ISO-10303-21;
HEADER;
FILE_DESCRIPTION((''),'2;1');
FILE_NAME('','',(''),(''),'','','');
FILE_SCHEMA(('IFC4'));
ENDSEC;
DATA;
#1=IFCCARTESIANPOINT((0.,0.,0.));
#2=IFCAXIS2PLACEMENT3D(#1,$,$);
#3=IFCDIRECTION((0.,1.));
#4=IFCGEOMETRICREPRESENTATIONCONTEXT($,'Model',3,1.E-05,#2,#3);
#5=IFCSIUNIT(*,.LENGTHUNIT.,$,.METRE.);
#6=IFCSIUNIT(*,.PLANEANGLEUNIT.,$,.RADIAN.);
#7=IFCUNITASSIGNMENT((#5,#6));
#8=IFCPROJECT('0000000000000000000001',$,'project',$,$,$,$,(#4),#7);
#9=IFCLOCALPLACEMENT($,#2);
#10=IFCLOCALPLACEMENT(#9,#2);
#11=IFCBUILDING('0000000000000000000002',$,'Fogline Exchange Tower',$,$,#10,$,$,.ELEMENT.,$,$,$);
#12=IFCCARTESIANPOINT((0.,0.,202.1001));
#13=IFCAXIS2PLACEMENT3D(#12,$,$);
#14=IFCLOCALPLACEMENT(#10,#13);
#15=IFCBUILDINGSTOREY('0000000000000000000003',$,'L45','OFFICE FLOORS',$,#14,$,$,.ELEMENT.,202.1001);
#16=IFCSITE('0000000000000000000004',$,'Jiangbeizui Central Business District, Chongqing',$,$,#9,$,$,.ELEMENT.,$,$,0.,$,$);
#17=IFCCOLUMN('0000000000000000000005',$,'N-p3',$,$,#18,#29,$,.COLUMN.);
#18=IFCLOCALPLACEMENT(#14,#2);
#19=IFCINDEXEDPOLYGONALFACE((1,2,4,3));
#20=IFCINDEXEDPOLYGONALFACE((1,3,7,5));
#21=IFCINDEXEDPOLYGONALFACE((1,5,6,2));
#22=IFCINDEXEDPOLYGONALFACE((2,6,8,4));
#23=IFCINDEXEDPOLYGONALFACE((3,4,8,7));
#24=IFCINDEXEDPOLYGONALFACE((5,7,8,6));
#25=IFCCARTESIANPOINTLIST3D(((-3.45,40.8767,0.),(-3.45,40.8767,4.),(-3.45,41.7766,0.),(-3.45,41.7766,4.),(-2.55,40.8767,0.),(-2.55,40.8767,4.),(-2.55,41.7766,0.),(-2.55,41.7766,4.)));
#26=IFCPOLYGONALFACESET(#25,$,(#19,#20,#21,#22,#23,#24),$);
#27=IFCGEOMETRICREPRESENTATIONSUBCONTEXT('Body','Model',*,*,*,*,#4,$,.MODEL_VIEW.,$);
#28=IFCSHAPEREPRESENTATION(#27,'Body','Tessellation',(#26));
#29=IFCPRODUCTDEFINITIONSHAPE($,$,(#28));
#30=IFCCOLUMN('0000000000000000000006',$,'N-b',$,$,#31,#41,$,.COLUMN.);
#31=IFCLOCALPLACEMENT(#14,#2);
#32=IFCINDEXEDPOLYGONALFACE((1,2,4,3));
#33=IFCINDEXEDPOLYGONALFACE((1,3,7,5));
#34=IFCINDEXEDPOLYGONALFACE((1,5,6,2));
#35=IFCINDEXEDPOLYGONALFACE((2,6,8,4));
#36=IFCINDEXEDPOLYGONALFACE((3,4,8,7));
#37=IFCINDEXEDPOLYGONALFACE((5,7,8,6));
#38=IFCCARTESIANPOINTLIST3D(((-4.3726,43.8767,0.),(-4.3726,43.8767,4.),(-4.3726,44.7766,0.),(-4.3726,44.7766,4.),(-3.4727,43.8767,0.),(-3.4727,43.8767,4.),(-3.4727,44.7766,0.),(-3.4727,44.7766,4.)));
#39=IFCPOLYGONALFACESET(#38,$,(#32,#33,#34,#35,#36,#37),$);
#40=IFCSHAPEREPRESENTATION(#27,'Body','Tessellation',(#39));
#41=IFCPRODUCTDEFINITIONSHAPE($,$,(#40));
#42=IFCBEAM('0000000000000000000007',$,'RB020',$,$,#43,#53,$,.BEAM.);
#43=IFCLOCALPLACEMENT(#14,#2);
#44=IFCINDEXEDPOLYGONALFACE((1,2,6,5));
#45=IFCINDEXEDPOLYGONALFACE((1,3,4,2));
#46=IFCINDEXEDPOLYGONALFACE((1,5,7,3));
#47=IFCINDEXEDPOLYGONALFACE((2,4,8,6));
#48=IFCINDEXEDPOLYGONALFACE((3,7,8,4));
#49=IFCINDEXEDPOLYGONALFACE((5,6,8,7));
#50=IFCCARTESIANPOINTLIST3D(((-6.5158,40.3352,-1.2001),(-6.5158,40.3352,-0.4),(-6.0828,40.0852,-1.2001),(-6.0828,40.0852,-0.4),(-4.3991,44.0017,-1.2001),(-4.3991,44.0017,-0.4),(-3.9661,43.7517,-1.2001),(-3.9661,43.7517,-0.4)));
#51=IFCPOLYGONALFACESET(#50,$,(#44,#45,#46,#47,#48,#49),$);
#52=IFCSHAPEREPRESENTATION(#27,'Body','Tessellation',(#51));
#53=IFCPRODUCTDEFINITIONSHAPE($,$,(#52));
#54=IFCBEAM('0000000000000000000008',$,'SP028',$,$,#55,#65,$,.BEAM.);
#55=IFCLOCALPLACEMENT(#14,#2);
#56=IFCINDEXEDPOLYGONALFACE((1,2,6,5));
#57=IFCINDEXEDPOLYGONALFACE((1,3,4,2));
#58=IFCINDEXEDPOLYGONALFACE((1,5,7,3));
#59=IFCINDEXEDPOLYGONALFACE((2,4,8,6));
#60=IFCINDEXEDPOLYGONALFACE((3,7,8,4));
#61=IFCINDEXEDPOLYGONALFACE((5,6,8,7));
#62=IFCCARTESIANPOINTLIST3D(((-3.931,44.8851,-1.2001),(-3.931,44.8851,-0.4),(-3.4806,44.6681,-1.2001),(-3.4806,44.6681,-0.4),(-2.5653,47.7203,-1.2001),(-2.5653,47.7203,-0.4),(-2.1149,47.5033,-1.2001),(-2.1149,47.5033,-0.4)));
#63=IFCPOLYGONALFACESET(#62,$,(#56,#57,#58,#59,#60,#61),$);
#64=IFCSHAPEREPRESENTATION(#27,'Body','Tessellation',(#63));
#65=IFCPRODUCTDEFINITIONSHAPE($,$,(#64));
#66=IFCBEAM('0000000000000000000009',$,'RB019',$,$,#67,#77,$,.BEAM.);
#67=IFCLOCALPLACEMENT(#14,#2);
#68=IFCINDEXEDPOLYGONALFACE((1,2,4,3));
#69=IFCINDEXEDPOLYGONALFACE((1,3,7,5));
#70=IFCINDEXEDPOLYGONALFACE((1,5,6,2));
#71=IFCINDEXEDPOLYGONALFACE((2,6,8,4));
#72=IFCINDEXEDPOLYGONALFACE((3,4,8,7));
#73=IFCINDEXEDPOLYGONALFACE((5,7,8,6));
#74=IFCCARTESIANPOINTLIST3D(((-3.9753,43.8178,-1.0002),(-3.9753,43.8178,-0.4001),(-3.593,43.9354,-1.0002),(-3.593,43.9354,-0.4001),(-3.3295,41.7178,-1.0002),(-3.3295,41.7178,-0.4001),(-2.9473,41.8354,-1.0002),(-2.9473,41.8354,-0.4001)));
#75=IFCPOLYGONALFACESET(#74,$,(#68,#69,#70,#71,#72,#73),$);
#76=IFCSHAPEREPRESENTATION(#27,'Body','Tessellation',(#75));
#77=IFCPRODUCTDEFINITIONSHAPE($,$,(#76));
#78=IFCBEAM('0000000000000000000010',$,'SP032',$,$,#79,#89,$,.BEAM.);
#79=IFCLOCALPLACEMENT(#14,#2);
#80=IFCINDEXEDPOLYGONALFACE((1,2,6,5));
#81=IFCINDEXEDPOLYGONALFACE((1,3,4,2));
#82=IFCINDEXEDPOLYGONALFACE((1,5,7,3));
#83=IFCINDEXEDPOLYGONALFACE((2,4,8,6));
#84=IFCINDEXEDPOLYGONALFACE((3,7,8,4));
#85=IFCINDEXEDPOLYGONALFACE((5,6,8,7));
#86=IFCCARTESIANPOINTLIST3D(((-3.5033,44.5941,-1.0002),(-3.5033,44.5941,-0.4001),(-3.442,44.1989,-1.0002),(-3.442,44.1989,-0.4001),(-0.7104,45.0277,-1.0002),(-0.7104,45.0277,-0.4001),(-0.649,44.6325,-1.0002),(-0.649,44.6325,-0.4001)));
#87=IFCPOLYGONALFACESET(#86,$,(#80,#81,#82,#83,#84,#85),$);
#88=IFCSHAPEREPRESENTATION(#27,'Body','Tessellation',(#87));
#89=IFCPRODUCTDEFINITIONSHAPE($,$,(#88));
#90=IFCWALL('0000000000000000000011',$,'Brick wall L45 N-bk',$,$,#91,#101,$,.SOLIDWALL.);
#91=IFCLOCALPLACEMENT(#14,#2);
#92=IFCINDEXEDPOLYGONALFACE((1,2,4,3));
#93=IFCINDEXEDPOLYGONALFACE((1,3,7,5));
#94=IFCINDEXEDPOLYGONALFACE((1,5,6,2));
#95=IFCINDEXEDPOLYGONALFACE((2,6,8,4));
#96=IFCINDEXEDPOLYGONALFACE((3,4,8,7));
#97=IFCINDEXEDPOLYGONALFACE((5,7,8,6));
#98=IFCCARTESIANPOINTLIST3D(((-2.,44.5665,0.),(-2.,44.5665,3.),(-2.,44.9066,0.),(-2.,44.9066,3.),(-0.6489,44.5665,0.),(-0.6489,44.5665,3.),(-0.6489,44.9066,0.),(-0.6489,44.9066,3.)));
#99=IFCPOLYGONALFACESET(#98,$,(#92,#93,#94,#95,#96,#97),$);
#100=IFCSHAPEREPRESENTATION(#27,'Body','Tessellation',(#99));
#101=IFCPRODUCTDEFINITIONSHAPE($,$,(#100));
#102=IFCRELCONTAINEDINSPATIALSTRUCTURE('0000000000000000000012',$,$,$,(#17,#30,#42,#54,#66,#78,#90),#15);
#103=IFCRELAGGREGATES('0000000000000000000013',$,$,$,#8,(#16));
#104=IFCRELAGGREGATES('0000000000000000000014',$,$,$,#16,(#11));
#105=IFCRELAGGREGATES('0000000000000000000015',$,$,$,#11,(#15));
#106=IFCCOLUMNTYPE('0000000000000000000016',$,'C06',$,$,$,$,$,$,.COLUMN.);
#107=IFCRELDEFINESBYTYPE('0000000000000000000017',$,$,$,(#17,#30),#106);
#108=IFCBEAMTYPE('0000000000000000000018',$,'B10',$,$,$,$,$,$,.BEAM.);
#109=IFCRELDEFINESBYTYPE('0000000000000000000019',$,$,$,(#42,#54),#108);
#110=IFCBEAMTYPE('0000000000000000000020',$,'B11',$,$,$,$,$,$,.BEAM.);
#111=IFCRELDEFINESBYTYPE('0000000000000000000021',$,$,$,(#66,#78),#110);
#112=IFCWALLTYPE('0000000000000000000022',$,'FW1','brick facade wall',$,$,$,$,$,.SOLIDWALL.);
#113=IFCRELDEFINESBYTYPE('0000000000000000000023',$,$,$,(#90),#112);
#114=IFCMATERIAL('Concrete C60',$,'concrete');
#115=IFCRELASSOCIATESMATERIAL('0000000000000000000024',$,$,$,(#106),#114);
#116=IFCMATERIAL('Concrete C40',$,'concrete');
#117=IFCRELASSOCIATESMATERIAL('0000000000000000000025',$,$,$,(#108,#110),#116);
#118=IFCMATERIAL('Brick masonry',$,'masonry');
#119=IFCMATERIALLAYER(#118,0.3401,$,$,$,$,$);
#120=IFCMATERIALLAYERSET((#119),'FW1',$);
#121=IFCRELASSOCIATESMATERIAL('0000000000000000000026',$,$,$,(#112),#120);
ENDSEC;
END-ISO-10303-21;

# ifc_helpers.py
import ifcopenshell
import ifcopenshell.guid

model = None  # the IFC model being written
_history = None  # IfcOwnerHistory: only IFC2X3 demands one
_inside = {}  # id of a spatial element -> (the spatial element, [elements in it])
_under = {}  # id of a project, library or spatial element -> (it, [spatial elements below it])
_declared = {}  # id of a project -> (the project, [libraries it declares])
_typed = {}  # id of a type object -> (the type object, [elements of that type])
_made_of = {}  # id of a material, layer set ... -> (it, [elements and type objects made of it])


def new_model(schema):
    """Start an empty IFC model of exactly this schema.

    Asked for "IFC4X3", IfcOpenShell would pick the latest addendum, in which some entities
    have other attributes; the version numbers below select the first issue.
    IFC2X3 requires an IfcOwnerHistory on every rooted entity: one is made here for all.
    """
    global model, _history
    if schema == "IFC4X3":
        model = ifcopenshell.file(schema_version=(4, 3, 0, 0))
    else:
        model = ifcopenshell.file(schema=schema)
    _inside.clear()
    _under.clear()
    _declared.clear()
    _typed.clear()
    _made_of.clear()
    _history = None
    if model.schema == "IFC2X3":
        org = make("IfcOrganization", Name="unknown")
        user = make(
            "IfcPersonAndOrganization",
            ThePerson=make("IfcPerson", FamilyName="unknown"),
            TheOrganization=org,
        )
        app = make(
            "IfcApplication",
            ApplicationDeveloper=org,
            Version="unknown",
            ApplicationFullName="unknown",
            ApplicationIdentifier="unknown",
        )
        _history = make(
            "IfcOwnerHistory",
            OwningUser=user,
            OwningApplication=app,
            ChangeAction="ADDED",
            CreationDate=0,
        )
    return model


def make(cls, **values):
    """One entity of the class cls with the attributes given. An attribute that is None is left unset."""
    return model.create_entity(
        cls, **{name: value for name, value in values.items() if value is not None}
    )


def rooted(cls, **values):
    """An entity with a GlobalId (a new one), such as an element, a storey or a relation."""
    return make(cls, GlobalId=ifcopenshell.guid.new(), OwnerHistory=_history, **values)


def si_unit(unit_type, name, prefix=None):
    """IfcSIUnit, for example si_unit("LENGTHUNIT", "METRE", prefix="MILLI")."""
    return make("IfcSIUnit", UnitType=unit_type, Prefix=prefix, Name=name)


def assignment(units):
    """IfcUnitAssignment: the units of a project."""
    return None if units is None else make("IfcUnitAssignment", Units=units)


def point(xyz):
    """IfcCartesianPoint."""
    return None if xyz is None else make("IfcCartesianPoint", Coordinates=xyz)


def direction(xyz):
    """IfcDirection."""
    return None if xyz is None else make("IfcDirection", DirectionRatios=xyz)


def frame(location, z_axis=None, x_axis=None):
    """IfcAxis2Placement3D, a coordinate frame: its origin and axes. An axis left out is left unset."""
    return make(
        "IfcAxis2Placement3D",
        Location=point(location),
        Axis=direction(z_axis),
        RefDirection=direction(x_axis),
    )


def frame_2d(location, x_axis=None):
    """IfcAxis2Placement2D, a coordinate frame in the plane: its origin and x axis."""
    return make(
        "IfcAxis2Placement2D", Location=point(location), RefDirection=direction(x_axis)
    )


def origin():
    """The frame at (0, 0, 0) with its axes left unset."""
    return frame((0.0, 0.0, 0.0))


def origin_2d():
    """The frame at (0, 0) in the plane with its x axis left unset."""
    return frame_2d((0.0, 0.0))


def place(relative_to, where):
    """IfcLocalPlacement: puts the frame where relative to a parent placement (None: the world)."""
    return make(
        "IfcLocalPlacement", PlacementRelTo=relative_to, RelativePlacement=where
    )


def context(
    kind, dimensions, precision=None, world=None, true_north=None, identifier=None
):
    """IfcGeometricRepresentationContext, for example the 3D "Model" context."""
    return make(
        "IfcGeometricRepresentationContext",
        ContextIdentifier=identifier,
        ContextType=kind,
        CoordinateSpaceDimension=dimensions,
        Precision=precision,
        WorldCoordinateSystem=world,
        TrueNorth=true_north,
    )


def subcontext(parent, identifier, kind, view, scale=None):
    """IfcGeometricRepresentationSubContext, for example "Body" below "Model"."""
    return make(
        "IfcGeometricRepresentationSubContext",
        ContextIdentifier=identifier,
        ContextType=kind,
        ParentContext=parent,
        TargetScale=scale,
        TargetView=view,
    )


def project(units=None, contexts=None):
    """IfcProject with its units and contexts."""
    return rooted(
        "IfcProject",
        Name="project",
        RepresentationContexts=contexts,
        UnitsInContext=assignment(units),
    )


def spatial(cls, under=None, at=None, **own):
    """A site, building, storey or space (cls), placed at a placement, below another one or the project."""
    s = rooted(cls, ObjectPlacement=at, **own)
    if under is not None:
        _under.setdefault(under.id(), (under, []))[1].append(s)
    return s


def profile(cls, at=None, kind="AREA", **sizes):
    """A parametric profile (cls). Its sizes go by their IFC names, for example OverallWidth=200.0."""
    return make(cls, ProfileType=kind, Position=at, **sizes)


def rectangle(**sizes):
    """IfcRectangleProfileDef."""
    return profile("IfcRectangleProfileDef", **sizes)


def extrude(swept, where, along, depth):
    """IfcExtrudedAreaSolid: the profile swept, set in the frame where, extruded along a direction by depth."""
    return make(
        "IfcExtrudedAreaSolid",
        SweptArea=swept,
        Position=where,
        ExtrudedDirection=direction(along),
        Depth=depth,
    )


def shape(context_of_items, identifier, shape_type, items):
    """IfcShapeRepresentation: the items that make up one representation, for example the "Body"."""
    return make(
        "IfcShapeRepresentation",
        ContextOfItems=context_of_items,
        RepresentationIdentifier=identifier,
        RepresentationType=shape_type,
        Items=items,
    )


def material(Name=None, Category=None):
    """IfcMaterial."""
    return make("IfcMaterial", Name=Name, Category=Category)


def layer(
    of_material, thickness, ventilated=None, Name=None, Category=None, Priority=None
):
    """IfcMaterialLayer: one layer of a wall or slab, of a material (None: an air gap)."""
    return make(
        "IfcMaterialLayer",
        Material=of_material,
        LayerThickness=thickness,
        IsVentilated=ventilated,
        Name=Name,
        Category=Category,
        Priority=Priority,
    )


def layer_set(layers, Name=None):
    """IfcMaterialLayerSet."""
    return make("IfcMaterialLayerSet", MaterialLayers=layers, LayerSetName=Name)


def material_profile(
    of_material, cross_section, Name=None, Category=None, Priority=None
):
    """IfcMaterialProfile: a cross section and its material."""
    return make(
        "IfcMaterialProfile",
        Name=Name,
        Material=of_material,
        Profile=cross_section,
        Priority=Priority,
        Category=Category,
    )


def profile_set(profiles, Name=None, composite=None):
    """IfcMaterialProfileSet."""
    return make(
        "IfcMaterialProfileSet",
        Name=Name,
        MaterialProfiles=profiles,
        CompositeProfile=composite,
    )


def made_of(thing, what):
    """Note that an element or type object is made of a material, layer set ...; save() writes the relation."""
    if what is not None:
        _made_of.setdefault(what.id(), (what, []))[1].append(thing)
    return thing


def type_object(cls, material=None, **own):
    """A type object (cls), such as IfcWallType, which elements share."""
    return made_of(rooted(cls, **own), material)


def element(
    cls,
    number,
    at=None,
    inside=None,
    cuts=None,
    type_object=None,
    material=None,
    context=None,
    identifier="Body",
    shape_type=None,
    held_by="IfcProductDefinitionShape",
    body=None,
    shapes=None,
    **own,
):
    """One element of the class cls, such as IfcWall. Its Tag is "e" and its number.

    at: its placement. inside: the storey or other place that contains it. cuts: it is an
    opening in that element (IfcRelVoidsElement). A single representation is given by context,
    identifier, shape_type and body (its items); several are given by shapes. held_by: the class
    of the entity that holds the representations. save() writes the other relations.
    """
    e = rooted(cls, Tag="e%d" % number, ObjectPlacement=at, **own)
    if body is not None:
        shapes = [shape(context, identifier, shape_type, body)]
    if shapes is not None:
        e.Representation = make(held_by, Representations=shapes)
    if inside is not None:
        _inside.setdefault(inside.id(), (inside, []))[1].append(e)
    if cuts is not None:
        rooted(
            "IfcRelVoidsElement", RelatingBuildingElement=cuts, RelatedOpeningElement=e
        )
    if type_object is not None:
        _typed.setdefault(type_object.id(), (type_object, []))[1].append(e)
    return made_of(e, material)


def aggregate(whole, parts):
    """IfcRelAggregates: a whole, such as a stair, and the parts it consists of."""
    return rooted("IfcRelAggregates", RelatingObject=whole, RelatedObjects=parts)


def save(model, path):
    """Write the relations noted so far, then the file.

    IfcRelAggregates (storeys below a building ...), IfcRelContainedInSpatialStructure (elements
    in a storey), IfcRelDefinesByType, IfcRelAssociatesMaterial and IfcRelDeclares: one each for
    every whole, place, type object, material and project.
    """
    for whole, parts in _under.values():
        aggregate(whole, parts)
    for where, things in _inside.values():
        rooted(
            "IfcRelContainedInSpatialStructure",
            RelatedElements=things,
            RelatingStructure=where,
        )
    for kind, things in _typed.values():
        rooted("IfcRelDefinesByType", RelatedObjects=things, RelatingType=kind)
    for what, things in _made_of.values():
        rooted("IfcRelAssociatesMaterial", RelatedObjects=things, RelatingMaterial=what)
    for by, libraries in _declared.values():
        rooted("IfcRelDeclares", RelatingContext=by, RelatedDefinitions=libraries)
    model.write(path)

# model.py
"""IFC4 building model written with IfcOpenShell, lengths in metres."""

from ifc_helpers import new_model, si_unit, direction, frame, frame_2d, origin, origin_2d, place, context, subcontext, project, spatial, rectangle, extrude, material, layer, layer_set, material_profile, profile_set, type_object, element, save


model = new_model("IFC4")

# Units and contexts
model_context = context("Model", 3, precision=1e-05, world=origin(), true_north=direction((0.0, 1.0)))
body_context = subcontext(model_context, "Body", "Model", "MODEL_VIEW")
ifc_project = project(units=[si_unit("LENGTHUNIT", "METRE"), si_unit("PLANEANGLEUNIT", "RADIAN")], contexts=[model_context])

# Site, building, storey
site_placement = place(None, origin())
site = spatial("IfcSite", under=ifc_project, at=site_placement, Name="Jiangbeizui Central Business District, Chongqing", CompositionType="ELEMENT", RefElevation=0.0)
building_placement = place(site_placement, origin())
building = spatial("IfcBuilding", under=site, at=building_placement, Name="Fogline Exchange Tower", CompositionType="ELEMENT")
storey_placement = place(building_placement, frame((0.0, 0.0, 202.1001)))
storey = spatial("IfcBuildingStorey", under=building, at=storey_placement, Name="L45", Description="OFFICE FLOORS", CompositionType="ELEMENT", Elevation=202.1001)

# Columns
ifc_material_1 = material(Name="Concrete C60", Category="concrete")
ifc_material_profile_1 = material_profile(ifc_material_1, rectangle(XDim=0.8999, YDim=0.8999, at=origin_2d()), Name="RC 900x900")
ifc_profile_set_1 = profile_set([ifc_material_profile_1], Name="Concrete C60")
column_type = type_object("IfcColumnType", Name="C06", PredefinedType="COLUMN", material=ifc_profile_set_1)
for number, where, z_axis, x_axis, name in (
    (1, (-3.0, 41.3267, 0.0), (0.0, 0.0, 1.0), (1.0, 0.0, 0.0), "N-p3"),
    (2, (-3.9226, 44.3267, 0.0), (0.0, 0.0, 1.0), (1.0, 0.0, 0.0), "N-b"),
):
    element("IfcColumn", number, at=place(storey_placement, frame(where, z_axis=z_axis, x_axis=x_axis)), inside=storey, type_object=column_type, Name=name, PredefinedType="COLUMN", context=body_context, shape_type="SweptSolid", body=[
        extrude(rectangle(XDim=0.8999, YDim=0.8999, at=origin_2d()), origin(), (0.0, 0.0, 1.0), 4.0),
    ])

# Beams
ifc_material_2 = material(Name="Concrete C40", Category="concrete")
ifc_material_profile_2 = material_profile(ifc_material_2, rectangle(XDim=0.5, YDim=0.8, at=origin_2d()), Name="RC 500x800")
ifc_profile_set_2 = profile_set([ifc_material_profile_2], Name="Concrete C40")
beam_type_1 = type_object("IfcBeamType", Name="B10", PredefinedType="BEAM", material=ifc_profile_set_2)
beam_1_placement = place(storey_placement, frame((-4.1826, 43.8767, -0.8), z_axis=(-0.499972, -0.866042, 0.0), x_axis=(0.866042, -0.499972, 0.0)))
element("IfcBeam", 3, at=beam_1_placement, inside=storey, type_object=beam_type_1, Name="RB020", PredefinedType="BEAM", context=body_context, shape_type="SweptSolid", body=[
    extrude(rectangle(XDim=0.5, YDim=0.8, at=origin_2d()), origin(), (0.0, 0.0, 1.0), 4.2336),
])
beam_2_placement = place(storey_placement, frame((-3.7058, 44.7766, -0.8), z_axis=(0.433977, 0.900924, 0.0), x_axis=(-0.900924, 0.433977, 0.0)))
element("IfcBeam", 4, at=beam_2_placement, inside=storey, type_object=beam_type_1, Name="SP028", PredefinedType="BEAM", context=body_context, shape_type="SweptSolid", body=[
    extrude(rectangle(XDim=0.5, YDim=0.8, at=origin_2d()), origin(), (0.0, 0.0, 1.0), 3.147),
])
ifc_material_profile_3 = material_profile(ifc_material_2, rectangle(XDim=0.3999, YDim=0.6001, at=origin_2d()), Name="RC 400x600")
ifc_profile_set_3 = profile_set([ifc_material_profile_3], Name="Concrete C40")
beam_type_2 = type_object("IfcBeamType", Name="B11", PredefinedType="BEAM", material=ifc_profile_set_3)
beam_3_placement = place(storey_placement, frame((-3.1384, 41.7766, -0.7002), z_axis=(-0.293906, 0.955834, 0.0), x_axis=(-0.955834, -0.293906, 0.0)))
element("IfcBeam", 5, at=beam_3_placement, inside=storey, type_object=beam_type_2, Name="RB019", PredefinedType="BEAM", context=body_context, shape_type="SweptSolid", body=[
    extrude(rectangle(XDim=0.3999, YDim=0.6001, at=origin_2d()), origin(), (0.0, 0.0, 1.0), 2.197),
])
beam_4_placement = place(storey_placement, frame((-3.4727, 44.3965, -0.7002), z_axis=(0.988163, 0.153407, 0.0), x_axis=(-0.153407, 0.988163, 0.0)))
element("IfcBeam", 6, at=beam_4_placement, inside=storey, type_object=beam_type_2, Name="SP032", PredefinedType="BEAM", context=body_context, shape_type="SweptSolid", body=[
    extrude(rectangle(XDim=0.3999, YDim=0.6001, at=origin_2d()), origin(), (0.0, 0.0, 1.0), 2.8264),
])

# Wall
ifc_material_3 = material(Name="Brick masonry", Category="masonry")
ifc_layer = layer(ifc_material_3, 0.3401)
ifc_layer_set = layer_set([ifc_layer], Name="FW1")
wall_type = type_object("IfcWallType", Name="FW1", Description="brick facade wall", PredefinedType="SOLIDWALL", material=ifc_layer_set)
wall_1_placement = place(storey_placement, frame((-0.6489, 44.7366, 0.0), z_axis=(0.0, 0.0, 1.0), x_axis=(-1.0, 0.0, 0.0)))
element("IfcWall", 7, at=wall_1_placement, inside=storey, type_object=wall_type, Name="Brick wall L45 N-bk", PredefinedType="SOLIDWALL", context=body_context, shape_type="SweptSolid", body=[
    extrude(rectangle(XDim=1.3511, YDim=0.3401, at=frame_2d((0.6755, 0.0))), origin(), (0.0, 0.0, 1.0), 3.0),
])

save(model, "model.ifc")
